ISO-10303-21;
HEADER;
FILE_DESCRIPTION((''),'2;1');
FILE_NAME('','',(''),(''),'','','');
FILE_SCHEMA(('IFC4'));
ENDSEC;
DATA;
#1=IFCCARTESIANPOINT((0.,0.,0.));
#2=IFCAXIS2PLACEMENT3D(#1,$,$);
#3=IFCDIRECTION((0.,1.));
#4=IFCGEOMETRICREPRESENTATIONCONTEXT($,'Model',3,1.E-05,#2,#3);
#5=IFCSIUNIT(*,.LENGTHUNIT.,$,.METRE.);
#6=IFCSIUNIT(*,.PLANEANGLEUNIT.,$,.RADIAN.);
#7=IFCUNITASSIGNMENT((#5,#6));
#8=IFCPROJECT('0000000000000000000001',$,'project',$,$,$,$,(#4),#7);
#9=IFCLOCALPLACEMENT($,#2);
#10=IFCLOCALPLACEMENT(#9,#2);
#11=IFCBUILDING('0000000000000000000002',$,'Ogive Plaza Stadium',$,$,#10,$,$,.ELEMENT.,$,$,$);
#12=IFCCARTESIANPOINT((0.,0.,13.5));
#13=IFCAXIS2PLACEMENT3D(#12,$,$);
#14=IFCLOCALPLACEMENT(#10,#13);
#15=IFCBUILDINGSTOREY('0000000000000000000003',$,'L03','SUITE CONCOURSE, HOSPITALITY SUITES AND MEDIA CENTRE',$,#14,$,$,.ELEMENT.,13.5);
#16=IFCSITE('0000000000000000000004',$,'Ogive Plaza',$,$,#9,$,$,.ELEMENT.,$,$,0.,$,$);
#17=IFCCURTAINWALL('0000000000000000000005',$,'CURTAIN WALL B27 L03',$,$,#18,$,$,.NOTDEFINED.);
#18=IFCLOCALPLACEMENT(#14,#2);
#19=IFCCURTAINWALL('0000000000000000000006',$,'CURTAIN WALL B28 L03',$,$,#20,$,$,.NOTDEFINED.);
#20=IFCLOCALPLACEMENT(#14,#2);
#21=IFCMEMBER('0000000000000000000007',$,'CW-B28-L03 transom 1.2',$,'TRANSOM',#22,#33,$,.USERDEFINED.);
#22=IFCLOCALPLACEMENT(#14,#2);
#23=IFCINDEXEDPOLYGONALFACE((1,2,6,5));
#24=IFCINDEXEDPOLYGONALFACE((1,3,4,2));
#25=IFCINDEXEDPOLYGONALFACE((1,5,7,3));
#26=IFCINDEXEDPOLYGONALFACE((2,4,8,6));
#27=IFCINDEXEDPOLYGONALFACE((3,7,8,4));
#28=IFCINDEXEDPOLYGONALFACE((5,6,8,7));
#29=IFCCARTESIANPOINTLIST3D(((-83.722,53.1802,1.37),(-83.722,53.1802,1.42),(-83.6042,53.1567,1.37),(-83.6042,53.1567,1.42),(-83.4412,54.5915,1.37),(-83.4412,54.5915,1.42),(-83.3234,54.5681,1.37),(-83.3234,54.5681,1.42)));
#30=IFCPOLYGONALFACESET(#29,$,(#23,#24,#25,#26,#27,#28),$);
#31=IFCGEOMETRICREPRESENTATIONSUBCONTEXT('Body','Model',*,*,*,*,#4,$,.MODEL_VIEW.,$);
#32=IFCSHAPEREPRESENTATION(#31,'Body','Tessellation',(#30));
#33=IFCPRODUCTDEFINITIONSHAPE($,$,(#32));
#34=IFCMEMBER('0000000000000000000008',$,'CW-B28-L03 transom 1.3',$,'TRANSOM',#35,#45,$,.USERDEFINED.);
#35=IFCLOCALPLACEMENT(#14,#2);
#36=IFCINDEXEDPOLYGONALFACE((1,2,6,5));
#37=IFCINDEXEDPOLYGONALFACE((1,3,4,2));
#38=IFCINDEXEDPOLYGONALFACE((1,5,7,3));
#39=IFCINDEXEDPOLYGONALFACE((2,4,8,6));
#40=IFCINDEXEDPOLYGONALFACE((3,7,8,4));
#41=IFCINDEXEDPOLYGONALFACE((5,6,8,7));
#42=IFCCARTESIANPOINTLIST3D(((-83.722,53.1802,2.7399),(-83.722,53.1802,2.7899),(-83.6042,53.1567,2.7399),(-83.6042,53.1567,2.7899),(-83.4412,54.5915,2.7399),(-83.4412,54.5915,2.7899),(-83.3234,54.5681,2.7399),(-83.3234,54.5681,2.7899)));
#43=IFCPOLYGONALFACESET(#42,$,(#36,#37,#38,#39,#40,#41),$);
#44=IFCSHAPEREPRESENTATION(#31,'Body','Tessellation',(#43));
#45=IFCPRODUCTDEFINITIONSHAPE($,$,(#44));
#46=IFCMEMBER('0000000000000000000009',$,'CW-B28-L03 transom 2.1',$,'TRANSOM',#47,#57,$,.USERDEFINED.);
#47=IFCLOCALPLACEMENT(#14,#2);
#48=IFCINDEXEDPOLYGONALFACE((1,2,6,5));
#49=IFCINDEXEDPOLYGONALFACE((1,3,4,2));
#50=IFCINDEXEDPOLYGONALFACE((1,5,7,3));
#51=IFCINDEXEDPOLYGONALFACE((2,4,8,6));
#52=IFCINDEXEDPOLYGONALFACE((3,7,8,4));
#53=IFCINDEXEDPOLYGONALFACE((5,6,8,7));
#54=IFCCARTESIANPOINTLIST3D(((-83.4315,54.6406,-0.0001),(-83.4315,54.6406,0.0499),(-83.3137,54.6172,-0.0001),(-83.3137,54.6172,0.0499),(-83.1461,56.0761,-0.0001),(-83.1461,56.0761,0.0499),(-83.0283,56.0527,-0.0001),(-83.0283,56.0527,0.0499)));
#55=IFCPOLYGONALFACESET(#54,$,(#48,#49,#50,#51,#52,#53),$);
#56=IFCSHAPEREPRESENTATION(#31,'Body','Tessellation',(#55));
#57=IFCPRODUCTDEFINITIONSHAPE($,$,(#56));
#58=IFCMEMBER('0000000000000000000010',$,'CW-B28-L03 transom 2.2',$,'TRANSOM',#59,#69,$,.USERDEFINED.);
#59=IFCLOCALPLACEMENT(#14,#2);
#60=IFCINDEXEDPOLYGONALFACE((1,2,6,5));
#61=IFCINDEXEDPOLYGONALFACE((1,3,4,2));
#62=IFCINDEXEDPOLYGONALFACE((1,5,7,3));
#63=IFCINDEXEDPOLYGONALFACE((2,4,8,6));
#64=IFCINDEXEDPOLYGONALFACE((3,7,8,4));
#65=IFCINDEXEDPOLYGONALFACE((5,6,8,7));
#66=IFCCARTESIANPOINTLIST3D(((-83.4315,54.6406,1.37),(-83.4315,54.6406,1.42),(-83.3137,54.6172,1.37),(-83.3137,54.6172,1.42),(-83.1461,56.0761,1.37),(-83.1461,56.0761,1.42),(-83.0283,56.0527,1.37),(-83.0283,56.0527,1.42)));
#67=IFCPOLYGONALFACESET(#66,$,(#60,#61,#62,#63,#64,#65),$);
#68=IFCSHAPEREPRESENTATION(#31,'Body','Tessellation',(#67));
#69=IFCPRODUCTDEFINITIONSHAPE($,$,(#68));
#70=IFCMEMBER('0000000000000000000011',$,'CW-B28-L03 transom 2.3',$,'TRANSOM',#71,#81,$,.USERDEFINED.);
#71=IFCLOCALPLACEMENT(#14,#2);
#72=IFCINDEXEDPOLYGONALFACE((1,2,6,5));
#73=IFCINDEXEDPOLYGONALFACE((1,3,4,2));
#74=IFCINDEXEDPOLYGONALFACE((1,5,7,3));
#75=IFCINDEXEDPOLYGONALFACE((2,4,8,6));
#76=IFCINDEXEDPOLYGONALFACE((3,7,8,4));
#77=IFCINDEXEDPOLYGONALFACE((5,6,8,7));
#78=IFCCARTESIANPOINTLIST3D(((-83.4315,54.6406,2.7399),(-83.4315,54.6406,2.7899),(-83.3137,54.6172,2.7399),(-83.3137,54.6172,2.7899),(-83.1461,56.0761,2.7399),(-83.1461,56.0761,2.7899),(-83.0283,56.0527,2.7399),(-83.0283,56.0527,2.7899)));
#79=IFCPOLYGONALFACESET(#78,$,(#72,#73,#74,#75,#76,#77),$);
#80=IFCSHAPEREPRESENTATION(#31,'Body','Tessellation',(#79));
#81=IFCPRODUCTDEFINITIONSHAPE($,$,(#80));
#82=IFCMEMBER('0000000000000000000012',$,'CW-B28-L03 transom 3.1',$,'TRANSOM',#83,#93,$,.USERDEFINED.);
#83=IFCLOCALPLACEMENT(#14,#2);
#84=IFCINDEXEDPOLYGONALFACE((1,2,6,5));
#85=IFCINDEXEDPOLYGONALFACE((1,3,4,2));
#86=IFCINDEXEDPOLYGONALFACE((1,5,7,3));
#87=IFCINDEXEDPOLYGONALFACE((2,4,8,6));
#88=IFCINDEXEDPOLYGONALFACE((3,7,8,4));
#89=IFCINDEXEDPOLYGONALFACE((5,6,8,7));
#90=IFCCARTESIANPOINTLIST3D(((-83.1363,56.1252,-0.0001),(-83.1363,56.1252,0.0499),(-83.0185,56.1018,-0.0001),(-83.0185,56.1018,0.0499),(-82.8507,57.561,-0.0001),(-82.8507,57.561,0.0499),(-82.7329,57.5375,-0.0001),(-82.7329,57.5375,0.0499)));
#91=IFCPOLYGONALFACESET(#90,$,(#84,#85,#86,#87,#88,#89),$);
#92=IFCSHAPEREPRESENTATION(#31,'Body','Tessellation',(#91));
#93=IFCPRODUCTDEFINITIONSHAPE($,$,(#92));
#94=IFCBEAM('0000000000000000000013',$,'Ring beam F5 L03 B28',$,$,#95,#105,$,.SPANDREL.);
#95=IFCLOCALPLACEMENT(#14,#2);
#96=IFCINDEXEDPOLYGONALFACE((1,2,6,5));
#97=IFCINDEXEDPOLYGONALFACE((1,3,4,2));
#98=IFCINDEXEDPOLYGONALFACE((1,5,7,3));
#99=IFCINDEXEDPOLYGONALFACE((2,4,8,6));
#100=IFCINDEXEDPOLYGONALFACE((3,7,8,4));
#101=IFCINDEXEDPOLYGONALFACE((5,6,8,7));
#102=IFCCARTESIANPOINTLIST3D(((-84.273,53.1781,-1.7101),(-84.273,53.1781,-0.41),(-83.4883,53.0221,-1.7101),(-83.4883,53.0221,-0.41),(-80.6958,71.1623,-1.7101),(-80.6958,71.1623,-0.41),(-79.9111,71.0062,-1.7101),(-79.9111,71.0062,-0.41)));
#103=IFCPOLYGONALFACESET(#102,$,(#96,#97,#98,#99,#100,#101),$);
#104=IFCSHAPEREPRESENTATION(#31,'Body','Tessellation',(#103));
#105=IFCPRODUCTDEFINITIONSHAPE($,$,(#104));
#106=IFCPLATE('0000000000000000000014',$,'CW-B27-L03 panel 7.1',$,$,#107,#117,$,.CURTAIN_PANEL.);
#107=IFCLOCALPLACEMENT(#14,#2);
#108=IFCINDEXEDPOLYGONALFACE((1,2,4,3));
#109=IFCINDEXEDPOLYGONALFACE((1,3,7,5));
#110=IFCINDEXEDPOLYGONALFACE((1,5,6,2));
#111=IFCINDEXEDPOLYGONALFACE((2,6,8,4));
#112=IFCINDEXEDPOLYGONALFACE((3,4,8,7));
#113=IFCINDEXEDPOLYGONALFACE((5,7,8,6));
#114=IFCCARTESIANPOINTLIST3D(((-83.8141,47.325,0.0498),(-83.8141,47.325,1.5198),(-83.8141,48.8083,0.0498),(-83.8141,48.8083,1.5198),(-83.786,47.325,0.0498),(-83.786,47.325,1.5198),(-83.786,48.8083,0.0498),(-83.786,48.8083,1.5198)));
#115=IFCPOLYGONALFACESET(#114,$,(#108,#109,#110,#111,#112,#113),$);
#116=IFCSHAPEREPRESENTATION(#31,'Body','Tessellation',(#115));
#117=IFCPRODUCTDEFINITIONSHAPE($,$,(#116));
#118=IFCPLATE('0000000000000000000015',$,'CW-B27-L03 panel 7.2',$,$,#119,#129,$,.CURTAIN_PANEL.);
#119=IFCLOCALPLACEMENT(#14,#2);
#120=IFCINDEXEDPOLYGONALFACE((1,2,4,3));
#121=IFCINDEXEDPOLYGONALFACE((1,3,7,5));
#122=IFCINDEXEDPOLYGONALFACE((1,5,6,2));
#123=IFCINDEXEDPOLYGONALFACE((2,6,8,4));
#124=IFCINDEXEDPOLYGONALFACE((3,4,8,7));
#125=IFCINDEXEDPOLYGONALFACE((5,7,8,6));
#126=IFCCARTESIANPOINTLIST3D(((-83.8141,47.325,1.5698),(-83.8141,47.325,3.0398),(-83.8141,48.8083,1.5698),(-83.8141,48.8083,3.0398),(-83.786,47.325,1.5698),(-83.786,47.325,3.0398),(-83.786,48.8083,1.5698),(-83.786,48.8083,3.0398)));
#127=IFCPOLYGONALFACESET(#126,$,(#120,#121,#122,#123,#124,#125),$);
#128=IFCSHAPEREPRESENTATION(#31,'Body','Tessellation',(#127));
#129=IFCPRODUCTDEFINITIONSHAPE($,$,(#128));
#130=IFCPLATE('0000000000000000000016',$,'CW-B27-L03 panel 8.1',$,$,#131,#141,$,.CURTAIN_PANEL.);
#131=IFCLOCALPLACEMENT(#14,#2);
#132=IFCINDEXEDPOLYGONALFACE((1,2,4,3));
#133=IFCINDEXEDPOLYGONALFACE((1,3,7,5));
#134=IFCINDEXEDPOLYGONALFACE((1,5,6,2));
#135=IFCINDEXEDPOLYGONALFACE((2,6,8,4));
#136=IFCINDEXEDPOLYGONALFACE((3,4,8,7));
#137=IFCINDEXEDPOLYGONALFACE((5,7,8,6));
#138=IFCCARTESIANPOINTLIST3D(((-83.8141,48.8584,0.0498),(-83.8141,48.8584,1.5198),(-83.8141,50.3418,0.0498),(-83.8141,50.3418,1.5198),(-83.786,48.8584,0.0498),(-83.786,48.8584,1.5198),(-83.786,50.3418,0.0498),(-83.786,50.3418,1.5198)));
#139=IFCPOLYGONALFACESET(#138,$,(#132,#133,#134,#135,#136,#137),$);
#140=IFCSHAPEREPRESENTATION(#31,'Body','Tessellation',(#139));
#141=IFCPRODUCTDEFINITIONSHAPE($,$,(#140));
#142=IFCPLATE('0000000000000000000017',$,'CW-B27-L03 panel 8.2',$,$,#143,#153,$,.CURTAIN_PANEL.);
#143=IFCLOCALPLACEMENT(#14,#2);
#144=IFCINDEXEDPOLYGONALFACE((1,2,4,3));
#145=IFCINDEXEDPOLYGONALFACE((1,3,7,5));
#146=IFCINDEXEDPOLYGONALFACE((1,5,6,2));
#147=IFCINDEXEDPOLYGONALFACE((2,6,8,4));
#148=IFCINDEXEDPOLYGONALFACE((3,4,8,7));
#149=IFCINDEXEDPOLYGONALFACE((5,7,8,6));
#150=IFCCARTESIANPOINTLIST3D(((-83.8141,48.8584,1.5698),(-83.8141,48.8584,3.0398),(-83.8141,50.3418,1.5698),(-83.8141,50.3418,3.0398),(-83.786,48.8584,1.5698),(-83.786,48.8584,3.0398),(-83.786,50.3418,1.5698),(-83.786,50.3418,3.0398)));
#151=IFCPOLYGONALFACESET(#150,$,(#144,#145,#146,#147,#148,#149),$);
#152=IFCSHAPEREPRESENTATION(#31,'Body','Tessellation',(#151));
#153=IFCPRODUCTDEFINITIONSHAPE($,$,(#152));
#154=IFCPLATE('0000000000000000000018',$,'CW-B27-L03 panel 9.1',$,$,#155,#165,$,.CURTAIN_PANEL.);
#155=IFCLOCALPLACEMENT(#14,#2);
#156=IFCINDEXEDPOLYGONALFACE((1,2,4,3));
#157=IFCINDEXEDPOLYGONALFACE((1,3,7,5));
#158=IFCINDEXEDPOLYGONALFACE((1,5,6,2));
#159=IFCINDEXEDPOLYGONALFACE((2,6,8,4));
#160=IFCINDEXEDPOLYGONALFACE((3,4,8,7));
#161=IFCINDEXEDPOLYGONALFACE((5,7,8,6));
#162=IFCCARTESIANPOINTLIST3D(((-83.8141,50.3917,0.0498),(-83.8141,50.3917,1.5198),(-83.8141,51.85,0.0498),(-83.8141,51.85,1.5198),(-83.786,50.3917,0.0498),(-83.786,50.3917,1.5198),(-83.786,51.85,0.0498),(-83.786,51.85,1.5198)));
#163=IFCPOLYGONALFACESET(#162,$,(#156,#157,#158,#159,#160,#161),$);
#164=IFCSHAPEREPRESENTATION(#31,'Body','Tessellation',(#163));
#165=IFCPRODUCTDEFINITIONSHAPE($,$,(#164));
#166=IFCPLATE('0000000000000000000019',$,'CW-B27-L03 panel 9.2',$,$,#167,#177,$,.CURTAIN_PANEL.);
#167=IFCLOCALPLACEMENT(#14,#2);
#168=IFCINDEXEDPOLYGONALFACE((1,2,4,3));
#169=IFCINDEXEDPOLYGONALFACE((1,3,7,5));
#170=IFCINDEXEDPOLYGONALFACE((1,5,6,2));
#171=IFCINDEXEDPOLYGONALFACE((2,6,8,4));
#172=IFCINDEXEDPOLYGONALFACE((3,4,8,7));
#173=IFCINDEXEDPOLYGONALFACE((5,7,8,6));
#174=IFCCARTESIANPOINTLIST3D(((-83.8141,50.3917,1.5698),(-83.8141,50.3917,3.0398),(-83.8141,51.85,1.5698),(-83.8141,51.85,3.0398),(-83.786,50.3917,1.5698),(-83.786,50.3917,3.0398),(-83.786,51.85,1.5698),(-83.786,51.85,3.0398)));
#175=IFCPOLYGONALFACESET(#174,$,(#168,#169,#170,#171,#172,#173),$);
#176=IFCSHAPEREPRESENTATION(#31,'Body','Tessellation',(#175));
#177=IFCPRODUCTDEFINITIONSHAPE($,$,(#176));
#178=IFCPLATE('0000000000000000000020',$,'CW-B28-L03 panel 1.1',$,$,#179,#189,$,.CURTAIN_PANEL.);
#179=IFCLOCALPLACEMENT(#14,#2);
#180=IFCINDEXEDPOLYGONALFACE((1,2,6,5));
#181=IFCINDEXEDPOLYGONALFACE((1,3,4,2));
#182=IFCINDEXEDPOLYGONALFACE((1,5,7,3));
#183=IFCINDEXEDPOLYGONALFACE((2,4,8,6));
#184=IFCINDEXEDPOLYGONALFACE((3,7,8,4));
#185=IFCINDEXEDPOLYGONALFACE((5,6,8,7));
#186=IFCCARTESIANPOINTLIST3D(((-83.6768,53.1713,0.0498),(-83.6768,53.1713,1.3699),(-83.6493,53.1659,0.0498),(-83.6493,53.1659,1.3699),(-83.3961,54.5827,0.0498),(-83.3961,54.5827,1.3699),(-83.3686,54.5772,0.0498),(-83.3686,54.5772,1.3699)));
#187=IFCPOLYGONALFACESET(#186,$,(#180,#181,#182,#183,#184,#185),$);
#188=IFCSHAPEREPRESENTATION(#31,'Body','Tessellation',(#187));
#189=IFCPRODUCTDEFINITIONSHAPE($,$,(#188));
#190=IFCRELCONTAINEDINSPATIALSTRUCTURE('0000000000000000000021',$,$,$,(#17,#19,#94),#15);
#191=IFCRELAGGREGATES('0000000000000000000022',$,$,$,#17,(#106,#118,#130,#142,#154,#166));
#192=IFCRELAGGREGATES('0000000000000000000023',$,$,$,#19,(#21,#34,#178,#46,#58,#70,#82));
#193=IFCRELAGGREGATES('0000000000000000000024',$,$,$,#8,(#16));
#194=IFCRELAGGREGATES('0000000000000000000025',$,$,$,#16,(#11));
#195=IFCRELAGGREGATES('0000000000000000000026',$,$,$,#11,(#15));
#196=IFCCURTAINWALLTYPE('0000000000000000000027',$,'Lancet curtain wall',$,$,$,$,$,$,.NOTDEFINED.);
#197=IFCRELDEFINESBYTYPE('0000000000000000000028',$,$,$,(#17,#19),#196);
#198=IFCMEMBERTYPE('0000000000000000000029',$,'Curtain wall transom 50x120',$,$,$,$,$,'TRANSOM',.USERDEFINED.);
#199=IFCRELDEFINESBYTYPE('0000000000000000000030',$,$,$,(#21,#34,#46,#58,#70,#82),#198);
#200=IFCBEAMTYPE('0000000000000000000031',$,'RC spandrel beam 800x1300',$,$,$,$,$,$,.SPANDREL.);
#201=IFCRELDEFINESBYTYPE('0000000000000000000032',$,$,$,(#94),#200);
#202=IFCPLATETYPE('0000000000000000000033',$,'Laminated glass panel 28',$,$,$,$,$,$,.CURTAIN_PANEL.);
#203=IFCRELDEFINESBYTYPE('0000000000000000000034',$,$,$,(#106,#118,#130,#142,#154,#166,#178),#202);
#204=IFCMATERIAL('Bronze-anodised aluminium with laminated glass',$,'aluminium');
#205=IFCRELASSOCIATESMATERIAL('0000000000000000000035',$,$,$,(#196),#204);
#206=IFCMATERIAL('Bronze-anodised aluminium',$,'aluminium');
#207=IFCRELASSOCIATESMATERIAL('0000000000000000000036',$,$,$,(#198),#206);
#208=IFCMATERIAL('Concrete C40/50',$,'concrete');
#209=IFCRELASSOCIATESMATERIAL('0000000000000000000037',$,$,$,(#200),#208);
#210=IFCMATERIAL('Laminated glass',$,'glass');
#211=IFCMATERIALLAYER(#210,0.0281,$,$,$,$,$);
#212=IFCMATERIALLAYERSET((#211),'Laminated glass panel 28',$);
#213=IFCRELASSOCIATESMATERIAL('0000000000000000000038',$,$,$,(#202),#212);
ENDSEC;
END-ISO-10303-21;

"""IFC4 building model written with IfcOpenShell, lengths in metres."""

from ifc_helpers import new_model, si_unit, direction, frame, origin, origin_2d, place, context, subcontext, project, spatial, rectangle, extrude, material, layer, layer_set, material_profile, profile_set, type_object, element, aggregate, save


model = new_model("IFC4")

# Units and contexts
model_context = context("Model", 3, precision=1e-05, world=origin(), true_north=direction((0.0, 1.0)))
body_context = subcontext(model_context, "Body", "Model", "MODEL_VIEW")
ifc_project = project(units=[si_unit("LENGTHUNIT", "METRE"), si_unit("PLANEANGLEUNIT", "RADIAN")], contexts=[model_context])

# Site, building, storey
site_placement = place(None, origin())
site = spatial("IfcSite", under=ifc_project, at=site_placement, Name="Ogive Plaza", CompositionType="ELEMENT", RefElevation=0.0)
building_placement = place(site_placement, origin())
building = spatial("IfcBuilding", under=site, at=building_placement, Name="Ogive Plaza Stadium", CompositionType="ELEMENT")
storey_placement = place(building_placement, frame((0.0, 0.0, 13.5)))
storey = spatial("IfcBuildingStorey", under=building, at=storey_placement, Name="L03", Description="SUITE CONCOURSE, HOSPITALITY SUITES AND MEDIA CENTRE", CompositionType="ELEMENT", Elevation=13.5)

# Curtain walls
ifc_material_1 = material(Name="Bronze-anodised aluminium with laminated glass", Category="aluminium")
curtain_wall_type = type_object("IfcCurtainWallType", Name="Lancet curtain wall", PredefinedType="NOTDEFINED", material=ifc_material_1)
curtain_wall_1_placement = place(storey_placement, origin())
curtain_wall_1 = element("IfcCurtainWall", 1, at=curtain_wall_1_placement, inside=storey, type_object=curtain_wall_type, Name="CURTAIN WALL B27 L03", PredefinedType="NOTDEFINED")
curtain_wall_2_placement = place(storey_placement, origin())
curtain_wall_2 = element("IfcCurtainWall", 2, at=curtain_wall_2_placement, inside=storey, type_object=curtain_wall_type, Name="CURTAIN WALL B28 L03", PredefinedType="NOTDEFINED")

# Members
ifc_material_2 = material(Name="Bronze-anodised aluminium", Category="aluminium")
ifc_material_profile_1 = material_profile(ifc_material_2, rectangle(XDim=0.1201, YDim=0.05, at=origin_2d()), Name="AL 120x50")
ifc_profile_set_1 = profile_set([ifc_material_profile_1], Name="Bronze-anodised aluminium")
member_type_1 = type_object("IfcMemberType", Name="Curtain wall transom 50x120", ElementType="TRANSOM", PredefinedType="USERDEFINED", material=ifc_profile_set_1)
member_1_placement = place(storey_placement, frame((-83.6631, 53.1685, 1.395), z_axis=(0.195105, 0.980782, 0.0), x_axis=(-0.980782, 0.195105, 0.0)))
member_1 = element("IfcMember", 3, at=member_1_placement, type_object=member_type_1, Name="CW-B28-L03 transom 1.2", ObjectType="TRANSOM", PredefinedType="USERDEFINED", context=body_context, shape_type="SweptSolid", body=[
    extrude(rectangle(XDim=0.1201, YDim=0.05, at=origin_2d()), origin(), (0.0, 0.0, 1.0), 1.439),
])
member_2_placement = place(storey_placement, frame((-83.6631, 53.1685, 2.7649), z_axis=(0.195105, 0.980782, 0.0), x_axis=(-0.980782, 0.195105, 0.0)))
member_2 = element("IfcMember", 4, at=member_2_placement, type_object=member_type_1, Name="CW-B28-L03 transom 1.3", ObjectType="TRANSOM", PredefinedType="USERDEFINED", context=body_context, shape_type="SweptSolid", body=[
    extrude(rectangle(XDim=0.1201, YDim=0.05, at=origin_2d()), origin(), (0.0, 0.0, 1.0), 1.439),
])
member_3_placement = place(storey_placement, frame((-83.3726, 54.6289, 0.0249), z_axis=(0.194993, 0.980805, 0.0), x_axis=(-0.980805, 0.194993, 0.0)))
member_3 = element("IfcMember", 5, at=member_3_placement, type_object=member_type_1, Name="CW-B28-L03 transom 2.1", ObjectType="TRANSOM", PredefinedType="USERDEFINED", context=body_context, shape_type="SweptSolid", body=[
    extrude(rectangle(XDim=0.1201, YDim=0.05, at=origin_2d()), origin(), (0.0, 0.0, 1.0), 1.4636),
])
member_4_placement = place(storey_placement, frame((-83.3726, 54.6289, 1.395), z_axis=(0.194993, 0.980805, 0.0), x_axis=(-0.980805, 0.194993, 0.0)))
member_4 = element("IfcMember", 6, at=member_4_placement, type_object=member_type_1, Name="CW-B28-L03 transom 2.2", ObjectType="TRANSOM", PredefinedType="USERDEFINED", context=body_context, shape_type="SweptSolid", body=[
    extrude(rectangle(XDim=0.1201, YDim=0.05, at=origin_2d()), origin(), (0.0, 0.0, 1.0), 1.4636),
])
member_5_placement = place(storey_placement, frame((-83.3726, 54.6289, 2.7649), z_axis=(0.194993, 0.980805, 0.0), x_axis=(-0.980805, 0.194993, 0.0)))
member_5 = element("IfcMember", 7, at=member_5_placement, type_object=member_type_1, Name="CW-B28-L03 transom 2.3", ObjectType="TRANSOM", PredefinedType="USERDEFINED", context=body_context, shape_type="SweptSolid", body=[
    extrude(rectangle(XDim=0.1201, YDim=0.05, at=origin_2d()), origin(), (0.0, 0.0, 1.0), 1.4636),
])
member_6_placement = place(storey_placement, frame((-83.0774, 56.1135, 0.0249), z_axis=(0.195122, 0.980779, 0.0), x_axis=(-0.980779, 0.195122, 0.0)))
member_6 = element("IfcMember", 8, at=member_6_placement, type_object=member_type_1, Name="CW-B28-L03 transom 3.1", ObjectType="TRANSOM", PredefinedType="USERDEFINED", context=body_context, shape_type="SweptSolid", body=[
    extrude(rectangle(XDim=0.1201, YDim=0.05, at=origin_2d()), origin(), (0.0, 0.0, 1.0), 1.4639),
])

# Beam
ifc_material_3 = material(Name="Concrete C40/50", Category="concrete")
ifc_material_profile_2 = material_profile(ifc_material_3, rectangle(XDim=0.8, YDim=1.3, at=origin_2d()), Name="RC 800x1300")
ifc_profile_set_2 = profile_set([ifc_material_profile_2], Name="Concrete C40/50")
beam_type = type_object("IfcBeamType", Name="RC spandrel beam 800x1300", PredefinedType="SPANDREL", material=ifc_profile_set_2)
beam_placement = place(storey_placement, frame((-83.8806, 53.1001, -1.0601), z_axis=(0.195084, 0.980787, 0.0), x_axis=(-0.980787, 0.195084, 0.0)))
element("IfcBeam", 9, at=beam_placement, inside=storey, type_object=beam_type, Name="Ring beam F5 L03 B28", PredefinedType="SPANDREL", context=body_context, shape_type="SweptSolid", body=[
    extrude(rectangle(XDim=0.8, YDim=1.3, at=origin_2d()), origin(), (0.0, 0.0, 1.0), 18.3364),
])

# Plates
ifc_material_4 = material(Name="Laminated glass", Category="glass")
ifc_layer = layer(ifc_material_4, 0.0281)
ifc_layer_set = layer_set([ifc_layer], Name="Laminated glass panel 28")
plate_type = type_object("IfcPlateType", Name="Laminated glass panel 28", PredefinedType="CURTAIN_PANEL", material=ifc_layer_set)
plate_1_placement = place(storey_placement, frame((-83.8, 48.0667, 0.0498), z_axis=(0.0, 0.0, 1.0), x_axis=(0.0, 1.0, 0.0)))
plate_1 = element("IfcPlate", 10, at=plate_1_placement, type_object=plate_type, Name="CW-B27-L03 panel 7.1", PredefinedType="CURTAIN_PANEL", context=body_context, shape_type="SweptSolid", body=[
    extrude(rectangle(XDim=1.4834, YDim=0.0281, at=origin_2d()), origin(), (0.0, 0.0, 1.0), 1.47),
])
plate_2_placement = place(storey_placement, frame((-83.8, 48.0667, 1.5698), z_axis=(0.0, 0.0, 1.0), x_axis=(0.0, 1.0, 0.0)))
plate_2 = element("IfcPlate", 11, at=plate_2_placement, type_object=plate_type, Name="CW-B27-L03 panel 7.2", PredefinedType="CURTAIN_PANEL", context=body_context, shape_type="SweptSolid", body=[
    extrude(rectangle(XDim=1.4834, YDim=0.0281, at=origin_2d()), origin(), (0.0, 0.0, 1.0), 1.47),
])
plate_3_placement = place(storey_placement, frame((-83.8, 49.6001, 0.0498), z_axis=(0.0, 0.0, 1.0), x_axis=(0.0, 1.0, 0.0)))
plate_3 = element("IfcPlate", 12, at=plate_3_placement, type_object=plate_type, Name="CW-B27-L03 panel 8.1", PredefinedType="CURTAIN_PANEL", context=body_context, shape_type="SweptSolid", body=[
    extrude(rectangle(XDim=1.4834, YDim=0.0281, at=origin_2d()), origin(), (0.0, 0.0, 1.0), 1.47),
])
plate_4_placement = place(storey_placement, frame((-83.8, 49.6001, 1.5698), z_axis=(0.0, 0.0, 1.0), x_axis=(0.0, 1.0, 0.0)))
plate_4 = element("IfcPlate", 13, at=plate_4_placement, type_object=plate_type, Name="CW-B27-L03 panel 8.2", PredefinedType="CURTAIN_PANEL", context=body_context, shape_type="SweptSolid", body=[
    extrude(rectangle(XDim=1.4834, YDim=0.0281, at=origin_2d()), origin(), (0.0, 0.0, 1.0), 1.47),
])
plate_5_placement = place(storey_placement, frame((-83.8, 51.1208, 0.0498), z_axis=(0.0, 0.0, 1.0), x_axis=(0.0, 1.0, 0.0)))
plate_5 = element("IfcPlate", 14, at=plate_5_placement, type_object=plate_type, Name="CW-B27-L03 panel 9.1", PredefinedType="CURTAIN_PANEL", context=body_context, shape_type="SweptSolid", body=[
    extrude(rectangle(XDim=1.4583, YDim=0.0281, at=origin_2d()), origin(), (0.0, 0.0, 1.0), 1.47),
])
plate_6_placement = place(storey_placement, frame((-83.8, 51.1208, 1.5698), z_axis=(0.0, 0.0, 1.0), x_axis=(0.0, 1.0, 0.0)))
plate_6 = element("IfcPlate", 15, at=plate_6_placement, type_object=plate_type, Name="CW-B27-L03 panel 9.2", PredefinedType="CURTAIN_PANEL", context=body_context, shape_type="SweptSolid", body=[
    extrude(rectangle(XDim=1.4583, YDim=0.0281, at=origin_2d()), origin(), (0.0, 0.0, 1.0), 1.47),
])
aggregate(curtain_wall_1, [plate_1, plate_2, plate_3, plate_4, plate_5, plate_6])
plate_7_placement = place(storey_placement, frame((-83.5227, 53.8743, 0.0498), z_axis=(0.0, 0.0, 1.0), x_axis=(0.19509, 0.980785, 0.0)))
plate_7 = element("IfcPlate", 16, at=plate_7_placement, type_object=plate_type, Name="CW-B28-L03 panel 1.1", PredefinedType="CURTAIN_PANEL", context=body_context, shape_type="SweptSolid", body=[
    extrude(rectangle(XDim=1.439, YDim=0.0281, at=origin_2d()), origin(), (0.0, 0.0, 1.0), 1.3201),
])
aggregate(curtain_wall_2, [member_1, member_2, plate_7, member_3, member_4, member_5, member_6])

save(model, "model.ifc")
